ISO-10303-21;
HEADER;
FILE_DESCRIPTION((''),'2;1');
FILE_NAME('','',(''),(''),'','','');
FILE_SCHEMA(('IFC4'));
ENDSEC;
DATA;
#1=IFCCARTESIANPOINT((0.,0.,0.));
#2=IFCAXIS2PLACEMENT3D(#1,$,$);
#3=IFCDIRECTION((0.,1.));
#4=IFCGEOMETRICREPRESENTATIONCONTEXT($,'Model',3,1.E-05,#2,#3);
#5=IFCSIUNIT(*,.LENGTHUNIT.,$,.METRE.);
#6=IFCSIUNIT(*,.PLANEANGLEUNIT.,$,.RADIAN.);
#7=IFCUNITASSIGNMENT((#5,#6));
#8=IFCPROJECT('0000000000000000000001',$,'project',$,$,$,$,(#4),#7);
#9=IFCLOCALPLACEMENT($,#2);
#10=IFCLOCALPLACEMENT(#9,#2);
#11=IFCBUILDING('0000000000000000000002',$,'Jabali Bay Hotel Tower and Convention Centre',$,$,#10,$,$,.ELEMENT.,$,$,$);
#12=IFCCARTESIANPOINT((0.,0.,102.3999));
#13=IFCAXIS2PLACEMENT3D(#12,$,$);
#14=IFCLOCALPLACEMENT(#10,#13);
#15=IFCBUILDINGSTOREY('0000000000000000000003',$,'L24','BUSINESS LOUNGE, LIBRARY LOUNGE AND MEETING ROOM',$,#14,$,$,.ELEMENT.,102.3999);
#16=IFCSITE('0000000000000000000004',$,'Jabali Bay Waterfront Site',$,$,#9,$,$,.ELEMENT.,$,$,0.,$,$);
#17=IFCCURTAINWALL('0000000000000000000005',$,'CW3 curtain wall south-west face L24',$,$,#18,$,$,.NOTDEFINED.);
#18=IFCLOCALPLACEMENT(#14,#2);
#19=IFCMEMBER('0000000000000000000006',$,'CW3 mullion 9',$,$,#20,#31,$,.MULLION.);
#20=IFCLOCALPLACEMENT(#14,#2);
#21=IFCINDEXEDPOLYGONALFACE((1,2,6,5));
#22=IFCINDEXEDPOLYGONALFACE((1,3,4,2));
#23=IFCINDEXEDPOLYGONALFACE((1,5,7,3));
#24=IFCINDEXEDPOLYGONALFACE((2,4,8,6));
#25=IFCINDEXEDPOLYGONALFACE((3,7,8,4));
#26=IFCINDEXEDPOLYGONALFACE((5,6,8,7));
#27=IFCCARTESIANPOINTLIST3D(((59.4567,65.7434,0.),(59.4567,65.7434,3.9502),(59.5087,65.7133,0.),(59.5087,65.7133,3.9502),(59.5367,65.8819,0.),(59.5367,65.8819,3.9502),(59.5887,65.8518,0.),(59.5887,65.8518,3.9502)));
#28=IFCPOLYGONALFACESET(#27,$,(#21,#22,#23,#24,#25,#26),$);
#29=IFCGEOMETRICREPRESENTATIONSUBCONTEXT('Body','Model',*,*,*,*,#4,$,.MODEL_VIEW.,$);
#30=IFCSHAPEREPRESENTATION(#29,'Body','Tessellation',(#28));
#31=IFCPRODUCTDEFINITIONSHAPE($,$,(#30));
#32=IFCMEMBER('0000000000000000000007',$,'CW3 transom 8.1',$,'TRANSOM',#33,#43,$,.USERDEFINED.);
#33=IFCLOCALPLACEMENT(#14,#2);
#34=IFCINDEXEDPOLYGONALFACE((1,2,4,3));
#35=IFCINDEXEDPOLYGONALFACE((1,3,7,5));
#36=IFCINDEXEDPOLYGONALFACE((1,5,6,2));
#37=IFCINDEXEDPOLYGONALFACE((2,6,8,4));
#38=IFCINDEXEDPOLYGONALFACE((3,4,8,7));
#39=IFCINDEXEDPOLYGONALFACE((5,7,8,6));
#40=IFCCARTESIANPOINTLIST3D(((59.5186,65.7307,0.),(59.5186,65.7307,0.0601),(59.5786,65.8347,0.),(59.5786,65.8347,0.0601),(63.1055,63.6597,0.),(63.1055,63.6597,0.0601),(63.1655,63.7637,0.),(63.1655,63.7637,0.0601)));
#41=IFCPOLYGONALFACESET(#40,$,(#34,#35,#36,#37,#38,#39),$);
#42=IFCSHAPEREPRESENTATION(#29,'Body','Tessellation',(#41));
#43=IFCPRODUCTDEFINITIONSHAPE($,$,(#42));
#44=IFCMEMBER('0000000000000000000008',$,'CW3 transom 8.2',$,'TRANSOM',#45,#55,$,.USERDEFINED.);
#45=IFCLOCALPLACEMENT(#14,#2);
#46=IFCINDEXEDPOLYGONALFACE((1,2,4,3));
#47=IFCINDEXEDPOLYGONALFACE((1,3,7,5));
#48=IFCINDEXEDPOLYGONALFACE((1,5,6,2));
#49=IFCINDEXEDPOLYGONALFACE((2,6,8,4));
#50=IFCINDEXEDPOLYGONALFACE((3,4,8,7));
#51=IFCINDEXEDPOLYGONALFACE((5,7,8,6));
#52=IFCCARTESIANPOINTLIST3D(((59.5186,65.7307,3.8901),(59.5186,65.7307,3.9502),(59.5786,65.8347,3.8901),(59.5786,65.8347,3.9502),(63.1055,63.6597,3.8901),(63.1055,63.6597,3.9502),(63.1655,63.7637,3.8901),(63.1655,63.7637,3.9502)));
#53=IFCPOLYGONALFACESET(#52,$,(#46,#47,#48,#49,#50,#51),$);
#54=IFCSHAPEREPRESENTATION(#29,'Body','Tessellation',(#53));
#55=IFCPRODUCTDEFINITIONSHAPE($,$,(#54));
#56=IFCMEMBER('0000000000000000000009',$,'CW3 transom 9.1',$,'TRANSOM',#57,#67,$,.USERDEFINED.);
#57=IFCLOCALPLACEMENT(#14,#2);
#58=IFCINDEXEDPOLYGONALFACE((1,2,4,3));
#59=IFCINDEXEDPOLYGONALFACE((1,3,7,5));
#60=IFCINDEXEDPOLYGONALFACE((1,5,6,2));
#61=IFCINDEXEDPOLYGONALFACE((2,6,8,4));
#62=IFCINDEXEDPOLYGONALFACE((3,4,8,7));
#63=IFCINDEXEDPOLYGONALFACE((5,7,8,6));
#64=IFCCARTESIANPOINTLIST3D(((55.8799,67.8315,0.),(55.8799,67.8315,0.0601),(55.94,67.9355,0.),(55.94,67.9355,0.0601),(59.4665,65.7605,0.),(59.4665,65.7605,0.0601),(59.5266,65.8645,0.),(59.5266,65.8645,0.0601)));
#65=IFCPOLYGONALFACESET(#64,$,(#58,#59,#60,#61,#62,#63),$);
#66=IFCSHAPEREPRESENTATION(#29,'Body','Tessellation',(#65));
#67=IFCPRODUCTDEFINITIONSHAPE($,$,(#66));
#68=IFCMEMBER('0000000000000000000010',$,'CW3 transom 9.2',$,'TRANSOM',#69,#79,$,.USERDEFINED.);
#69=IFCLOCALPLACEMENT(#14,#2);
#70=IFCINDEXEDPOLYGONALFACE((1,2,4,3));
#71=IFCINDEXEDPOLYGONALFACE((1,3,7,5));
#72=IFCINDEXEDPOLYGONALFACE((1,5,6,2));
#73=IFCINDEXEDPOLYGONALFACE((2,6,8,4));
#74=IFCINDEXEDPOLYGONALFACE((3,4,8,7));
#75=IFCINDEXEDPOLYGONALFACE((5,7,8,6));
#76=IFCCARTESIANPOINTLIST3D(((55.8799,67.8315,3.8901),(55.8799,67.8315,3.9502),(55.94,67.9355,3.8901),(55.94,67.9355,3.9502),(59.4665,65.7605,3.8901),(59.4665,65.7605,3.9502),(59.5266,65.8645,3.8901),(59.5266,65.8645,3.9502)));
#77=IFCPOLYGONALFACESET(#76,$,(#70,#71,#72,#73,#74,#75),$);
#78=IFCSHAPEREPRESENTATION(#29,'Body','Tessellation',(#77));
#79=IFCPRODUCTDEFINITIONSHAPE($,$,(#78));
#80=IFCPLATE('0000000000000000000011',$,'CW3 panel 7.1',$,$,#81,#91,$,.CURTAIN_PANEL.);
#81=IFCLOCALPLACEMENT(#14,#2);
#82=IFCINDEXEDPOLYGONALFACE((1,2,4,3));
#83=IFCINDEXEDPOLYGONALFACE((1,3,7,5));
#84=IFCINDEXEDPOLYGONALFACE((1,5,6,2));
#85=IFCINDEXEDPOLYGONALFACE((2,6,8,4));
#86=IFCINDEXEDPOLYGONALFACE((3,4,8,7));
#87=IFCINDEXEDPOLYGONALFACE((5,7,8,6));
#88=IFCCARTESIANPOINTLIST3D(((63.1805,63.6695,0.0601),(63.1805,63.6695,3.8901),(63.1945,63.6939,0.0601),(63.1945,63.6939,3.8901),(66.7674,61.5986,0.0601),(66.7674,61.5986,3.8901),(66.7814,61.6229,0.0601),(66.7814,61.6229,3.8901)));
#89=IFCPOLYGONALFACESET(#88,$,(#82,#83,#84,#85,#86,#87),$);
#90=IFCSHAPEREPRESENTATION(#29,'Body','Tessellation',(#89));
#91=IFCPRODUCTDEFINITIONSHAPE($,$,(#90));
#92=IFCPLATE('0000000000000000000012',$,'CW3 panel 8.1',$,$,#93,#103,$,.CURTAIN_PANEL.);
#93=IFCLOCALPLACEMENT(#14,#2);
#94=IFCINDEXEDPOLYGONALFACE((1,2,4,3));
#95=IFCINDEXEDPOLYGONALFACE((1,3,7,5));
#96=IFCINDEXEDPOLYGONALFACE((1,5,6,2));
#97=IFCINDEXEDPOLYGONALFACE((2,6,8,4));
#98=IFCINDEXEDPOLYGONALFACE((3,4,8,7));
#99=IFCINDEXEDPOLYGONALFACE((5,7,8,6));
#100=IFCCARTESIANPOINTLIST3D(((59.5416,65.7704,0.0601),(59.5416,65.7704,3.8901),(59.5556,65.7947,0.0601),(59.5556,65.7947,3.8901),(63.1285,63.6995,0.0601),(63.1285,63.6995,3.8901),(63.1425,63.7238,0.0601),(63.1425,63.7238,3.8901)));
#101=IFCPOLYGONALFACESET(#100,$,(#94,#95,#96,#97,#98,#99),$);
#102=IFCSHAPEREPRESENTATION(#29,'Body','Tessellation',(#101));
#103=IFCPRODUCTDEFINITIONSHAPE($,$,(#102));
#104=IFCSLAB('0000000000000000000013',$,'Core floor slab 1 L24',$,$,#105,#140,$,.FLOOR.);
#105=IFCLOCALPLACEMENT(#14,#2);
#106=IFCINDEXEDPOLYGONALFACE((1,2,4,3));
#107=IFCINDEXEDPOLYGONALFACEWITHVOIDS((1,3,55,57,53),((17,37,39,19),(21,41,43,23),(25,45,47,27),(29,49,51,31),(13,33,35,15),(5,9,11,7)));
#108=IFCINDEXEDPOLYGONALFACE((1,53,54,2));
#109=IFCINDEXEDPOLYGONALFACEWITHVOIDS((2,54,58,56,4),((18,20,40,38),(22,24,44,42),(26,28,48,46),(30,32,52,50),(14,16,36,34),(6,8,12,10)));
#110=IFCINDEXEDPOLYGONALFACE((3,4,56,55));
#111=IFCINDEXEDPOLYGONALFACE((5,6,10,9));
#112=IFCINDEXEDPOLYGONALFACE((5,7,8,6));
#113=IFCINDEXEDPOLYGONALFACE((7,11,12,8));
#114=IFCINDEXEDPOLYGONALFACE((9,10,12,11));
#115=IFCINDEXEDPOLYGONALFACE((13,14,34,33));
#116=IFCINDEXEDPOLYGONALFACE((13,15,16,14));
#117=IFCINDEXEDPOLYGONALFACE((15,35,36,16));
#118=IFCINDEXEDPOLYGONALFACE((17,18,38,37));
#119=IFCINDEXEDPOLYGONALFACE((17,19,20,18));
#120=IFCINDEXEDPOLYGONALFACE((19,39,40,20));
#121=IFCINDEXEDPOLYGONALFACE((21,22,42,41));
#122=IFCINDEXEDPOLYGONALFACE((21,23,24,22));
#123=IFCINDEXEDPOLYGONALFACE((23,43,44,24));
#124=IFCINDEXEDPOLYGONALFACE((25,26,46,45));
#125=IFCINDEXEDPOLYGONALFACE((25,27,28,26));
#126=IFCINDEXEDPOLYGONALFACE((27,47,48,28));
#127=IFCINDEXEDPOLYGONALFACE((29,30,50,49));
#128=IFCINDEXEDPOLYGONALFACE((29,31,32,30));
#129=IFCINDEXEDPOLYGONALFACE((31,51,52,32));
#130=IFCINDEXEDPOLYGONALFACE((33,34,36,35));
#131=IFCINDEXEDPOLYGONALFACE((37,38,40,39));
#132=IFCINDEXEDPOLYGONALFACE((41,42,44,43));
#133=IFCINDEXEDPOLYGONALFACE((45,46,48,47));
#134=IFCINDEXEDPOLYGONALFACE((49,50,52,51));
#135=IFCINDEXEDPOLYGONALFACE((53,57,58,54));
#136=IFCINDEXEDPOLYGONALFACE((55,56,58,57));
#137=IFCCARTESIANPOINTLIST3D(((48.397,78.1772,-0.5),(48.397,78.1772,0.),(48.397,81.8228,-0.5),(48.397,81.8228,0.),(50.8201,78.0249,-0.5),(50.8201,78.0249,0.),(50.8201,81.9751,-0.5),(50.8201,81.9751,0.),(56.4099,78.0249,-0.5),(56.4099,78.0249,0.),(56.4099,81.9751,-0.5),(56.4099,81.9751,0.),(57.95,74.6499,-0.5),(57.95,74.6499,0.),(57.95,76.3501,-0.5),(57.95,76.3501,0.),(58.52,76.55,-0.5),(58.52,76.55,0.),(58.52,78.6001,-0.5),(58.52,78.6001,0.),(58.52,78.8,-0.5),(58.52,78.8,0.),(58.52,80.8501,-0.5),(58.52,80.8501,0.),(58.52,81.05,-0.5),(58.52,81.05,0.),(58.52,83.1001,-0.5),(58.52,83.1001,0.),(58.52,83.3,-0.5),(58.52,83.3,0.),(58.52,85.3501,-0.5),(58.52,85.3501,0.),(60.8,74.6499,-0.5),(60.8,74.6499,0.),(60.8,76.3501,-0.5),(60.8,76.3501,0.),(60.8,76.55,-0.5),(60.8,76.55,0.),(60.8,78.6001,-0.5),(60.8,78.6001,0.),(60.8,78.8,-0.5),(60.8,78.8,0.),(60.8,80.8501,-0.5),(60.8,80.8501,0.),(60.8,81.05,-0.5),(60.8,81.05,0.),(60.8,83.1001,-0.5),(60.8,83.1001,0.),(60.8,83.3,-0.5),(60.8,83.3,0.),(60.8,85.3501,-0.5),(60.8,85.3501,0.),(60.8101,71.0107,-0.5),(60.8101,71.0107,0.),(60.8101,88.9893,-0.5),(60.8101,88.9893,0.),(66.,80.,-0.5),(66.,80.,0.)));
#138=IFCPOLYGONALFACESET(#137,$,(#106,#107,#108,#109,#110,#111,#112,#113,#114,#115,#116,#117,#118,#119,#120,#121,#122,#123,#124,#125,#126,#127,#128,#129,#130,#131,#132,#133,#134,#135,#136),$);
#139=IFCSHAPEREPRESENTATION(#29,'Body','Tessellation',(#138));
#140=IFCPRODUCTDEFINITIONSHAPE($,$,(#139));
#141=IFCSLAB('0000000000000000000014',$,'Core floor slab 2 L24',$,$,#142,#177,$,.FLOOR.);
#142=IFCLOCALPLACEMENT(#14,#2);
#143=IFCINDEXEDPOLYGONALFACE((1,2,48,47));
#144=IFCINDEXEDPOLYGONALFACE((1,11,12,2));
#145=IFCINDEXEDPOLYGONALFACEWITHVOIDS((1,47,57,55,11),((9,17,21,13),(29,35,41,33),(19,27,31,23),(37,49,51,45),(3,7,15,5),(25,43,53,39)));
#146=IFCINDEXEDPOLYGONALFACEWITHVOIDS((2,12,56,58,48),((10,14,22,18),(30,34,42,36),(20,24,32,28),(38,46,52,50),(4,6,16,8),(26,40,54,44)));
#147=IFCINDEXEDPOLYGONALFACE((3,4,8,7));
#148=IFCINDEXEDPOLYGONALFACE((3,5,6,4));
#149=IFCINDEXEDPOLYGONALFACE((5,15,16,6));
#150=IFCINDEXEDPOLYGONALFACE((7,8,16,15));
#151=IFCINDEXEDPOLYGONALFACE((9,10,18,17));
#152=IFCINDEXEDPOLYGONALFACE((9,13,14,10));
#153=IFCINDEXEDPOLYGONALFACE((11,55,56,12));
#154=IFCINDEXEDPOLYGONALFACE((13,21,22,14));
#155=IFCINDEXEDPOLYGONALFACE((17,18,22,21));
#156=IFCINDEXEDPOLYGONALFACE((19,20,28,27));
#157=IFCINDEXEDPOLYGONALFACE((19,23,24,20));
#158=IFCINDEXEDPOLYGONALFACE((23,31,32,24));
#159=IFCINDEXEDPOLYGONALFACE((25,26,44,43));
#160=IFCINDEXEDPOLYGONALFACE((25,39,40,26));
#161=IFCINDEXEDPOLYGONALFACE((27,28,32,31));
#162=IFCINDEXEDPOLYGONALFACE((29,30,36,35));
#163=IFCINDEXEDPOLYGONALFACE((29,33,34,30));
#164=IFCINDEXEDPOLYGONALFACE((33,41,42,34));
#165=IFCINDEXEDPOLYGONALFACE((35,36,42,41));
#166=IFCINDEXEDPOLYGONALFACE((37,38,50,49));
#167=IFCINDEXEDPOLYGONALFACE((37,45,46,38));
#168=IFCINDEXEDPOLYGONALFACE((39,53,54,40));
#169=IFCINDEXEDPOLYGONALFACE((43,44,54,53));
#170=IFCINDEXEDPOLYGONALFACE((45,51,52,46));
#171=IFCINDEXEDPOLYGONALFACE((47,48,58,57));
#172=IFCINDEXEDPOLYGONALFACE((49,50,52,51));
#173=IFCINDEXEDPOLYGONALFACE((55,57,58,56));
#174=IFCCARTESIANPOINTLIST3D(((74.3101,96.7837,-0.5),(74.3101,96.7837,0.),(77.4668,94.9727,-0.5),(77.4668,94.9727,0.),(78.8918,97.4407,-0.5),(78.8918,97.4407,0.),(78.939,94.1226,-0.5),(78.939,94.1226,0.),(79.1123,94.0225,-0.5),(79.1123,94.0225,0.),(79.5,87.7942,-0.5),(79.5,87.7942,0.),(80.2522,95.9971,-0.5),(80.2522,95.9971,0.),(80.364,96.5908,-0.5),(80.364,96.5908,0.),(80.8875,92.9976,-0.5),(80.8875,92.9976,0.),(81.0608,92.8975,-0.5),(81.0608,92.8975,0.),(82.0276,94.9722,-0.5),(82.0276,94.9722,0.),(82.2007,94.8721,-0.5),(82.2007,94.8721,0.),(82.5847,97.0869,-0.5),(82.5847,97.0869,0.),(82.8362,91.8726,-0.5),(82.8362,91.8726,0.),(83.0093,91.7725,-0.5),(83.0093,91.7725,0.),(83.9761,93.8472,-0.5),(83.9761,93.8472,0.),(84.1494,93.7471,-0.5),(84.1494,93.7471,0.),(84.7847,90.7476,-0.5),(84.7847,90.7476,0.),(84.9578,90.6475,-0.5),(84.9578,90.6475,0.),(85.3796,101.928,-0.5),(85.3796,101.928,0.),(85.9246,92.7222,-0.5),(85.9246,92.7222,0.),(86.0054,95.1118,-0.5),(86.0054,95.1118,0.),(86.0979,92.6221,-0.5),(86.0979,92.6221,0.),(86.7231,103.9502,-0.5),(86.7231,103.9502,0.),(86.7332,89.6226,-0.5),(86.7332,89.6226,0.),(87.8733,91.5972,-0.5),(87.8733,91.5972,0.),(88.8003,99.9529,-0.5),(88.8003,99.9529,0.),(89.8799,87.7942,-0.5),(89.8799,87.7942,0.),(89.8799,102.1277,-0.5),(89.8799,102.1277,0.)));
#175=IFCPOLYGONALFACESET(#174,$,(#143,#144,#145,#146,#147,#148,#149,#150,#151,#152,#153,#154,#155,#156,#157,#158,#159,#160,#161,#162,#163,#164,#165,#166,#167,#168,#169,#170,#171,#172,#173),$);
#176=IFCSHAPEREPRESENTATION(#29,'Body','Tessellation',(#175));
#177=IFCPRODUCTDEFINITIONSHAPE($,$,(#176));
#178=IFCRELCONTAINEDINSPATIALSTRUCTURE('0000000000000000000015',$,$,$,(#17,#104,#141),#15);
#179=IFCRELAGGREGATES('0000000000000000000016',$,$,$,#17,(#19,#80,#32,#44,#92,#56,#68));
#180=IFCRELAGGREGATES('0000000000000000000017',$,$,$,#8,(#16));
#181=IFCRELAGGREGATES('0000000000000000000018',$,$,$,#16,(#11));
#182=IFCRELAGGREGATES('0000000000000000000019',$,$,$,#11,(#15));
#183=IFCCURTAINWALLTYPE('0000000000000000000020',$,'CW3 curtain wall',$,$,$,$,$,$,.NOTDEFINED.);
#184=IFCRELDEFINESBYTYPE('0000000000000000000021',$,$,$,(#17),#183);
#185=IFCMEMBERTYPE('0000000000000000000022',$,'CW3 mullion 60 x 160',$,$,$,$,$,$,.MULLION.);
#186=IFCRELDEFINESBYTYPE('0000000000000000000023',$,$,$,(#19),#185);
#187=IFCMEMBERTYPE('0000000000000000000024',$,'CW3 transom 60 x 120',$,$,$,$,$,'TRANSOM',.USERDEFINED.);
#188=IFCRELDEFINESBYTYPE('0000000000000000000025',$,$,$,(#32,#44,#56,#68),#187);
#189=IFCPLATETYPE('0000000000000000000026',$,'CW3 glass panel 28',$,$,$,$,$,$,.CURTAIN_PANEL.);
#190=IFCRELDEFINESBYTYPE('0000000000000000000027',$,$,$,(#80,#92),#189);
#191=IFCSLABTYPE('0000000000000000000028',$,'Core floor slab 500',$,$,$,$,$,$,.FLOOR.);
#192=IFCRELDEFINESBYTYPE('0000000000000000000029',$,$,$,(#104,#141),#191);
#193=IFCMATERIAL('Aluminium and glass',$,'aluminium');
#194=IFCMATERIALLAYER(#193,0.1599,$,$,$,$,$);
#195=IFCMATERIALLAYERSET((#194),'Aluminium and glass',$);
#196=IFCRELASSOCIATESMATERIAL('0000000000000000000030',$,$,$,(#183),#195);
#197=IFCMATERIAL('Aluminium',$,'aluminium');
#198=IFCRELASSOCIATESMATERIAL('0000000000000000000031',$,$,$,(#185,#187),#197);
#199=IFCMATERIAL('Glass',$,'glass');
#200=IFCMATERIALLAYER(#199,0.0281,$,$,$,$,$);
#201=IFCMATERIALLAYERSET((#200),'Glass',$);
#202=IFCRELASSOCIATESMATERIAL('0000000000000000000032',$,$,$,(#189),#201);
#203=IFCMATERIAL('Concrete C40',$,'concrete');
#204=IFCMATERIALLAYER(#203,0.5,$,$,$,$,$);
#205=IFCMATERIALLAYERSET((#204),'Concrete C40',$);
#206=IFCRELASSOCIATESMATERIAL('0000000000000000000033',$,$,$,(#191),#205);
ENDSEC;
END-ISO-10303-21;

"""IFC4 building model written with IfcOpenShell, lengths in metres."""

from ifc_helpers import new_model, si_unit, direction, frame, origin, origin_2d, place, context, subcontext, project, spatial, polyline, rectangle, outline, extrude, material, layer, layer_set, material_profile, profile_set, type_object, element, aggregate, save


model = new_model("IFC4")

# Units and contexts
model_context = context("Model", 3, precision=1e-05, world=origin(), true_north=direction((0.0, 1.0)))
body_context = subcontext(model_context, "Body", "Model", "MODEL_VIEW")
ifc_project = project(units=[si_unit("LENGTHUNIT", "METRE"), si_unit("PLANEANGLEUNIT", "RADIAN")], contexts=[model_context])

# Site, building, storey
site_placement = place(None, origin())
site = spatial("IfcSite", under=ifc_project, at=site_placement, Name="Jabali Bay Waterfront Site", CompositionType="ELEMENT", RefElevation=0.0)
building_placement = place(site_placement, origin())
building = spatial("IfcBuilding", under=site, at=building_placement, Name="Jabali Bay Hotel Tower and Convention Centre", CompositionType="ELEMENT")
storey_placement = place(building_placement, frame((0.0, 0.0, 102.3999)))
storey = spatial("IfcBuildingStorey", under=building, at=storey_placement, Name="L24", Description="BUSINESS LOUNGE, LIBRARY LOUNGE AND MEETING ROOM", CompositionType="ELEMENT", Elevation=102.3999)

# Curtain wall, members, plates
ifc_material_1 = material(Name="Aluminium and glass", Category="aluminium")
ifc_layer_1 = layer(ifc_material_1, 0.1599)
ifc_layer_set_1 = layer_set([ifc_layer_1], Name="Aluminium and glass")
curtain_wall_type = type_object("IfcCurtainWallType", Name="CW3 curtain wall", PredefinedType="NOTDEFINED", material=ifc_layer_set_1)
curtain_wall_placement = place(storey_placement, origin())
curtain_wall = element("IfcCurtainWall", 1, at=curtain_wall_placement, inside=storey, type_object=curtain_wall_type, Name="CW3 curtain wall south-west face L24", PredefinedType="NOTDEFINED")
ifc_material_2 = material(Name="Aluminium", Category="aluminium")
ifc_material_profile_1 = material_profile(ifc_material_2, rectangle(XDim=0.1599, YDim=0.0601, at=origin_2d()), Name="CW3 mullion 60 x 160")
ifc_profile_set_1 = profile_set([ifc_material_profile_1], Name="Aluminium")
member_type_1 = type_object("IfcMemberType", Name="CW3 mullion 60 x 160", PredefinedType="MULLION", material=ifc_profile_set_1)
member_1_placement = place(storey_placement, frame((59.5227, 65.7976, 0.0), z_axis=(0.0, 0.0, 1.0), x_axis=(-0.5, -0.866025, 0.0)))
member_1 = element("IfcMember", 2, at=member_1_placement, type_object=member_type_1, Name="CW3 mullion 9", PredefinedType="MULLION", context=body_context, shape_type="SweptSolid", body=[
    extrude(rectangle(XDim=0.1599, YDim=0.0601, at=origin_2d()), origin(), (0.0, 0.0, 1.0), 3.9502),
])
ifc_material_profile_2 = material_profile(ifc_material_2, rectangle(XDim=0.1201, YDim=0.0601, at=origin_2d()), Name="CW3 transom 60 x 120")
ifc_profile_set_2 = profile_set([ifc_material_profile_2], Name="Aluminium")
member_type_2 = type_object("IfcMemberType", Name="CW3 transom 60 x 120", ElementType="TRANSOM", PredefinedType="USERDEFINED", material=ifc_profile_set_2)
member_2_placement = place(storey_placement, frame((63.1355, 63.7117, 0.03), z_axis=(-0.866011, 0.500025, 0.0), x_axis=(-0.500025, -0.866011, 0.0)))
member_2 = element("IfcMember", 3, at=member_2_placement, type_object=member_type_2, Name="CW3 transom 8.1", ObjectType="TRANSOM", PredefinedType="USERDEFINED", context=body_context, shape_type="SweptSolid", body=[
    extrude(rectangle(XDim=0.1201, YDim=0.0601, at=origin_2d()), origin(), (0.0, 0.0, 1.0), 4.1418),
])
member_3_placement = place(storey_placement, frame((63.1355, 63.7117, 3.9202), z_axis=(-0.866011, 0.500025, 0.0), x_axis=(-0.500025, -0.866011, 0.0)))
member_3 = element("IfcMember", 4, at=member_3_placement, type_object=member_type_2, Name="CW3 transom 8.2", ObjectType="TRANSOM", PredefinedType="USERDEFINED", context=body_context, shape_type="SweptSolid", body=[
    extrude(rectangle(XDim=0.1201, YDim=0.0601, at=origin_2d()), origin(), (0.0, 0.0, 1.0), 4.1418),
])
member_4_placement = place(storey_placement, frame((59.4966, 65.8125, 0.03), z_axis=(-0.865996, 0.500051, 0.0), x_axis=(-0.500051, -0.865996, 0.0)))
member_4 = element("IfcMember", 5, at=member_4_placement, type_object=member_type_2, Name="CW3 transom 9.1", ObjectType="TRANSOM", PredefinedType="USERDEFINED", context=body_context, shape_type="SweptSolid", body=[
    extrude(rectangle(XDim=0.1201, YDim=0.0601, at=origin_2d()), origin(), (0.0, 0.0, 1.0), 4.1416),
])
member_5_placement = place(storey_placement, frame((59.4966, 65.8125, 3.9202), z_axis=(-0.865996, 0.500051, 0.0), x_axis=(-0.500051, -0.865996, 0.0)))
member_5 = element("IfcMember", 6, at=member_5_placement, type_object=member_type_2, Name="CW3 transom 9.2", ObjectType="TRANSOM", PredefinedType="USERDEFINED", context=body_context, shape_type="SweptSolid", body=[
    extrude(rectangle(XDim=0.1201, YDim=0.0601, at=origin_2d()), origin(), (0.0, 0.0, 1.0), 4.1416),
])
ifc_material_3 = material(Name="Glass", Category="glass")
ifc_layer_2 = layer(ifc_material_3, 0.0281)
ifc_layer_set_2 = layer_set([ifc_layer_2], Name="Glass")
plate_type = type_object("IfcPlateType", Name="CW3 glass panel 28", PredefinedType="CURTAIN_PANEL", material=ifc_layer_set_2)
plate_1_placement = place(storey_placement, frame((64.981, 62.6462, 0.0601), z_axis=(0.0, 0.0, 1.0), x_axis=(-0.866025, 0.5, 0.0)))
plate_1 = element("IfcPlate", 7, at=plate_1_placement, type_object=plate_type, Name="CW3 panel 7.1", PredefinedType="CURTAIN_PANEL", context=body_context, shape_type="SweptSolid", body=[
    extrude(rectangle(XDim=4.1418, YDim=0.0281, at=origin_2d()), origin(), (0.0, 0.0, 1.0), 3.8301),
])
plate_2_placement = place(storey_placement, frame((61.342, 64.7471, 0.0601), z_axis=(0.0, 0.0, 1.0), x_axis=(-0.866025, 0.5, 0.0)))
plate_2 = element("IfcPlate", 8, at=plate_2_placement, type_object=plate_type, Name="CW3 panel 8.1", PredefinedType="CURTAIN_PANEL", context=body_context, shape_type="SweptSolid", body=[
    extrude(rectangle(XDim=4.1418, YDim=0.0281, at=origin_2d()), origin(), (0.0, 0.0, 1.0), 3.8301),
])
aggregate(curtain_wall, [member_1, plate_1, member_2, member_3, plate_2, member_4, member_5])

# Slabs
ifc_material_4 = material(Name="Concrete C40", Category="concrete")
ifc_layer_3 = layer(ifc_material_4, 0.5)
ifc_layer_set_3 = layer_set([ifc_layer_3], Name="Concrete C40")
slab_type_1 = type_object("IfcSlabType", Name="Core floor slab 500", PredefinedType="FLOOR", material=ifc_layer_set_3)
slab_1_placement = place(storey_placement, frame((0.0, 0.0, -0.5)))
element("IfcSlab", 9, at=slab_1_placement, inside=storey, type_object=slab_type_1, Name="Core floor slab 1 L24", PredefinedType="FLOOR", context=body_context, shape_type="SweptSolid", body=[
    extrude(outline(polyline([(66.0, 80.0), (60.8101, 88.9893), (48.397, 81.8228), (48.397, 78.1772), (60.8101, 71.0107), (66.0, 80.0)]), holes=[polyline([(60.8, 74.6499), (60.8, 76.3501), (57.95, 76.3501), (57.95, 74.6499), (60.8, 74.6499)]), polyline([(58.52, 76.55), (60.8, 76.55), (60.8, 78.6001), (58.52, 78.6001), (58.52, 76.55)]), polyline([(58.52, 78.8), (60.8, 78.8), (60.8, 80.8501), (58.52, 80.8501), (58.52, 78.8)]), polyline([(56.4099, 81.9751), (50.8201, 81.9751), (50.8201, 78.0249), (56.4099, 78.0249), (56.4099, 81.9751)]), polyline([(58.52, 81.05), (60.8, 81.05), (60.8, 83.1001), (58.52, 83.1001), (58.52, 81.05)]), polyline([(58.52, 83.3), (60.8, 83.3), (60.8, 85.3501), (58.52, 85.3501), (58.52, 83.3)])]), origin(), (0.0, 0.0, 1.0), 0.5),
])
slab_2_placement = place(storey_placement, frame((0.0, 0.0, -0.5)))
element("IfcSlab", 10, at=slab_2_placement, inside=storey, type_object=slab_type_1, Name="Core floor slab 2 L24", PredefinedType="FLOOR", context=body_context, shape_type="SweptSolid", body=[
    extrude(outline(polyline([(79.5, 87.7942), (89.8799, 87.7942), (89.8799, 102.1277), (86.7231, 103.9502), (74.3101, 96.7837), (79.5, 87.7942)]), holes=[polyline([(84.9578, 90.6475), (86.7332, 89.6226), (87.8733, 91.5972), (86.0979, 92.6221), (84.9578, 90.6475)]), polyline([(84.1494, 93.7471), (83.0093, 91.7725), (84.7847, 90.7476), (85.9246, 92.7222), (84.1494, 93.7471)]), polyline([(82.2007, 94.8721), (81.0608, 92.8975), (82.8362, 91.8726), (83.9761, 93.8472), (82.2007, 94.8721)]), polyline([(79.1123, 94.0225), (80.8875, 92.9976), (82.0276, 94.9722), (80.2522, 95.9971), (79.1123, 94.0225)]), polyline([(78.8918, 97.4407), (77.4668, 94.9727), (78.939, 94.1226), (80.364, 96.5908), (78.8918, 97.4407)]), polyline([(82.5847, 97.0869), (86.0054, 95.1118), (88.8003, 99.9529), (85.3796, 101.928), (82.5847, 97.0869)])]), origin(), (0.0, 0.0, 1.0), 0.5),
])

save(model, "model.ifc")
